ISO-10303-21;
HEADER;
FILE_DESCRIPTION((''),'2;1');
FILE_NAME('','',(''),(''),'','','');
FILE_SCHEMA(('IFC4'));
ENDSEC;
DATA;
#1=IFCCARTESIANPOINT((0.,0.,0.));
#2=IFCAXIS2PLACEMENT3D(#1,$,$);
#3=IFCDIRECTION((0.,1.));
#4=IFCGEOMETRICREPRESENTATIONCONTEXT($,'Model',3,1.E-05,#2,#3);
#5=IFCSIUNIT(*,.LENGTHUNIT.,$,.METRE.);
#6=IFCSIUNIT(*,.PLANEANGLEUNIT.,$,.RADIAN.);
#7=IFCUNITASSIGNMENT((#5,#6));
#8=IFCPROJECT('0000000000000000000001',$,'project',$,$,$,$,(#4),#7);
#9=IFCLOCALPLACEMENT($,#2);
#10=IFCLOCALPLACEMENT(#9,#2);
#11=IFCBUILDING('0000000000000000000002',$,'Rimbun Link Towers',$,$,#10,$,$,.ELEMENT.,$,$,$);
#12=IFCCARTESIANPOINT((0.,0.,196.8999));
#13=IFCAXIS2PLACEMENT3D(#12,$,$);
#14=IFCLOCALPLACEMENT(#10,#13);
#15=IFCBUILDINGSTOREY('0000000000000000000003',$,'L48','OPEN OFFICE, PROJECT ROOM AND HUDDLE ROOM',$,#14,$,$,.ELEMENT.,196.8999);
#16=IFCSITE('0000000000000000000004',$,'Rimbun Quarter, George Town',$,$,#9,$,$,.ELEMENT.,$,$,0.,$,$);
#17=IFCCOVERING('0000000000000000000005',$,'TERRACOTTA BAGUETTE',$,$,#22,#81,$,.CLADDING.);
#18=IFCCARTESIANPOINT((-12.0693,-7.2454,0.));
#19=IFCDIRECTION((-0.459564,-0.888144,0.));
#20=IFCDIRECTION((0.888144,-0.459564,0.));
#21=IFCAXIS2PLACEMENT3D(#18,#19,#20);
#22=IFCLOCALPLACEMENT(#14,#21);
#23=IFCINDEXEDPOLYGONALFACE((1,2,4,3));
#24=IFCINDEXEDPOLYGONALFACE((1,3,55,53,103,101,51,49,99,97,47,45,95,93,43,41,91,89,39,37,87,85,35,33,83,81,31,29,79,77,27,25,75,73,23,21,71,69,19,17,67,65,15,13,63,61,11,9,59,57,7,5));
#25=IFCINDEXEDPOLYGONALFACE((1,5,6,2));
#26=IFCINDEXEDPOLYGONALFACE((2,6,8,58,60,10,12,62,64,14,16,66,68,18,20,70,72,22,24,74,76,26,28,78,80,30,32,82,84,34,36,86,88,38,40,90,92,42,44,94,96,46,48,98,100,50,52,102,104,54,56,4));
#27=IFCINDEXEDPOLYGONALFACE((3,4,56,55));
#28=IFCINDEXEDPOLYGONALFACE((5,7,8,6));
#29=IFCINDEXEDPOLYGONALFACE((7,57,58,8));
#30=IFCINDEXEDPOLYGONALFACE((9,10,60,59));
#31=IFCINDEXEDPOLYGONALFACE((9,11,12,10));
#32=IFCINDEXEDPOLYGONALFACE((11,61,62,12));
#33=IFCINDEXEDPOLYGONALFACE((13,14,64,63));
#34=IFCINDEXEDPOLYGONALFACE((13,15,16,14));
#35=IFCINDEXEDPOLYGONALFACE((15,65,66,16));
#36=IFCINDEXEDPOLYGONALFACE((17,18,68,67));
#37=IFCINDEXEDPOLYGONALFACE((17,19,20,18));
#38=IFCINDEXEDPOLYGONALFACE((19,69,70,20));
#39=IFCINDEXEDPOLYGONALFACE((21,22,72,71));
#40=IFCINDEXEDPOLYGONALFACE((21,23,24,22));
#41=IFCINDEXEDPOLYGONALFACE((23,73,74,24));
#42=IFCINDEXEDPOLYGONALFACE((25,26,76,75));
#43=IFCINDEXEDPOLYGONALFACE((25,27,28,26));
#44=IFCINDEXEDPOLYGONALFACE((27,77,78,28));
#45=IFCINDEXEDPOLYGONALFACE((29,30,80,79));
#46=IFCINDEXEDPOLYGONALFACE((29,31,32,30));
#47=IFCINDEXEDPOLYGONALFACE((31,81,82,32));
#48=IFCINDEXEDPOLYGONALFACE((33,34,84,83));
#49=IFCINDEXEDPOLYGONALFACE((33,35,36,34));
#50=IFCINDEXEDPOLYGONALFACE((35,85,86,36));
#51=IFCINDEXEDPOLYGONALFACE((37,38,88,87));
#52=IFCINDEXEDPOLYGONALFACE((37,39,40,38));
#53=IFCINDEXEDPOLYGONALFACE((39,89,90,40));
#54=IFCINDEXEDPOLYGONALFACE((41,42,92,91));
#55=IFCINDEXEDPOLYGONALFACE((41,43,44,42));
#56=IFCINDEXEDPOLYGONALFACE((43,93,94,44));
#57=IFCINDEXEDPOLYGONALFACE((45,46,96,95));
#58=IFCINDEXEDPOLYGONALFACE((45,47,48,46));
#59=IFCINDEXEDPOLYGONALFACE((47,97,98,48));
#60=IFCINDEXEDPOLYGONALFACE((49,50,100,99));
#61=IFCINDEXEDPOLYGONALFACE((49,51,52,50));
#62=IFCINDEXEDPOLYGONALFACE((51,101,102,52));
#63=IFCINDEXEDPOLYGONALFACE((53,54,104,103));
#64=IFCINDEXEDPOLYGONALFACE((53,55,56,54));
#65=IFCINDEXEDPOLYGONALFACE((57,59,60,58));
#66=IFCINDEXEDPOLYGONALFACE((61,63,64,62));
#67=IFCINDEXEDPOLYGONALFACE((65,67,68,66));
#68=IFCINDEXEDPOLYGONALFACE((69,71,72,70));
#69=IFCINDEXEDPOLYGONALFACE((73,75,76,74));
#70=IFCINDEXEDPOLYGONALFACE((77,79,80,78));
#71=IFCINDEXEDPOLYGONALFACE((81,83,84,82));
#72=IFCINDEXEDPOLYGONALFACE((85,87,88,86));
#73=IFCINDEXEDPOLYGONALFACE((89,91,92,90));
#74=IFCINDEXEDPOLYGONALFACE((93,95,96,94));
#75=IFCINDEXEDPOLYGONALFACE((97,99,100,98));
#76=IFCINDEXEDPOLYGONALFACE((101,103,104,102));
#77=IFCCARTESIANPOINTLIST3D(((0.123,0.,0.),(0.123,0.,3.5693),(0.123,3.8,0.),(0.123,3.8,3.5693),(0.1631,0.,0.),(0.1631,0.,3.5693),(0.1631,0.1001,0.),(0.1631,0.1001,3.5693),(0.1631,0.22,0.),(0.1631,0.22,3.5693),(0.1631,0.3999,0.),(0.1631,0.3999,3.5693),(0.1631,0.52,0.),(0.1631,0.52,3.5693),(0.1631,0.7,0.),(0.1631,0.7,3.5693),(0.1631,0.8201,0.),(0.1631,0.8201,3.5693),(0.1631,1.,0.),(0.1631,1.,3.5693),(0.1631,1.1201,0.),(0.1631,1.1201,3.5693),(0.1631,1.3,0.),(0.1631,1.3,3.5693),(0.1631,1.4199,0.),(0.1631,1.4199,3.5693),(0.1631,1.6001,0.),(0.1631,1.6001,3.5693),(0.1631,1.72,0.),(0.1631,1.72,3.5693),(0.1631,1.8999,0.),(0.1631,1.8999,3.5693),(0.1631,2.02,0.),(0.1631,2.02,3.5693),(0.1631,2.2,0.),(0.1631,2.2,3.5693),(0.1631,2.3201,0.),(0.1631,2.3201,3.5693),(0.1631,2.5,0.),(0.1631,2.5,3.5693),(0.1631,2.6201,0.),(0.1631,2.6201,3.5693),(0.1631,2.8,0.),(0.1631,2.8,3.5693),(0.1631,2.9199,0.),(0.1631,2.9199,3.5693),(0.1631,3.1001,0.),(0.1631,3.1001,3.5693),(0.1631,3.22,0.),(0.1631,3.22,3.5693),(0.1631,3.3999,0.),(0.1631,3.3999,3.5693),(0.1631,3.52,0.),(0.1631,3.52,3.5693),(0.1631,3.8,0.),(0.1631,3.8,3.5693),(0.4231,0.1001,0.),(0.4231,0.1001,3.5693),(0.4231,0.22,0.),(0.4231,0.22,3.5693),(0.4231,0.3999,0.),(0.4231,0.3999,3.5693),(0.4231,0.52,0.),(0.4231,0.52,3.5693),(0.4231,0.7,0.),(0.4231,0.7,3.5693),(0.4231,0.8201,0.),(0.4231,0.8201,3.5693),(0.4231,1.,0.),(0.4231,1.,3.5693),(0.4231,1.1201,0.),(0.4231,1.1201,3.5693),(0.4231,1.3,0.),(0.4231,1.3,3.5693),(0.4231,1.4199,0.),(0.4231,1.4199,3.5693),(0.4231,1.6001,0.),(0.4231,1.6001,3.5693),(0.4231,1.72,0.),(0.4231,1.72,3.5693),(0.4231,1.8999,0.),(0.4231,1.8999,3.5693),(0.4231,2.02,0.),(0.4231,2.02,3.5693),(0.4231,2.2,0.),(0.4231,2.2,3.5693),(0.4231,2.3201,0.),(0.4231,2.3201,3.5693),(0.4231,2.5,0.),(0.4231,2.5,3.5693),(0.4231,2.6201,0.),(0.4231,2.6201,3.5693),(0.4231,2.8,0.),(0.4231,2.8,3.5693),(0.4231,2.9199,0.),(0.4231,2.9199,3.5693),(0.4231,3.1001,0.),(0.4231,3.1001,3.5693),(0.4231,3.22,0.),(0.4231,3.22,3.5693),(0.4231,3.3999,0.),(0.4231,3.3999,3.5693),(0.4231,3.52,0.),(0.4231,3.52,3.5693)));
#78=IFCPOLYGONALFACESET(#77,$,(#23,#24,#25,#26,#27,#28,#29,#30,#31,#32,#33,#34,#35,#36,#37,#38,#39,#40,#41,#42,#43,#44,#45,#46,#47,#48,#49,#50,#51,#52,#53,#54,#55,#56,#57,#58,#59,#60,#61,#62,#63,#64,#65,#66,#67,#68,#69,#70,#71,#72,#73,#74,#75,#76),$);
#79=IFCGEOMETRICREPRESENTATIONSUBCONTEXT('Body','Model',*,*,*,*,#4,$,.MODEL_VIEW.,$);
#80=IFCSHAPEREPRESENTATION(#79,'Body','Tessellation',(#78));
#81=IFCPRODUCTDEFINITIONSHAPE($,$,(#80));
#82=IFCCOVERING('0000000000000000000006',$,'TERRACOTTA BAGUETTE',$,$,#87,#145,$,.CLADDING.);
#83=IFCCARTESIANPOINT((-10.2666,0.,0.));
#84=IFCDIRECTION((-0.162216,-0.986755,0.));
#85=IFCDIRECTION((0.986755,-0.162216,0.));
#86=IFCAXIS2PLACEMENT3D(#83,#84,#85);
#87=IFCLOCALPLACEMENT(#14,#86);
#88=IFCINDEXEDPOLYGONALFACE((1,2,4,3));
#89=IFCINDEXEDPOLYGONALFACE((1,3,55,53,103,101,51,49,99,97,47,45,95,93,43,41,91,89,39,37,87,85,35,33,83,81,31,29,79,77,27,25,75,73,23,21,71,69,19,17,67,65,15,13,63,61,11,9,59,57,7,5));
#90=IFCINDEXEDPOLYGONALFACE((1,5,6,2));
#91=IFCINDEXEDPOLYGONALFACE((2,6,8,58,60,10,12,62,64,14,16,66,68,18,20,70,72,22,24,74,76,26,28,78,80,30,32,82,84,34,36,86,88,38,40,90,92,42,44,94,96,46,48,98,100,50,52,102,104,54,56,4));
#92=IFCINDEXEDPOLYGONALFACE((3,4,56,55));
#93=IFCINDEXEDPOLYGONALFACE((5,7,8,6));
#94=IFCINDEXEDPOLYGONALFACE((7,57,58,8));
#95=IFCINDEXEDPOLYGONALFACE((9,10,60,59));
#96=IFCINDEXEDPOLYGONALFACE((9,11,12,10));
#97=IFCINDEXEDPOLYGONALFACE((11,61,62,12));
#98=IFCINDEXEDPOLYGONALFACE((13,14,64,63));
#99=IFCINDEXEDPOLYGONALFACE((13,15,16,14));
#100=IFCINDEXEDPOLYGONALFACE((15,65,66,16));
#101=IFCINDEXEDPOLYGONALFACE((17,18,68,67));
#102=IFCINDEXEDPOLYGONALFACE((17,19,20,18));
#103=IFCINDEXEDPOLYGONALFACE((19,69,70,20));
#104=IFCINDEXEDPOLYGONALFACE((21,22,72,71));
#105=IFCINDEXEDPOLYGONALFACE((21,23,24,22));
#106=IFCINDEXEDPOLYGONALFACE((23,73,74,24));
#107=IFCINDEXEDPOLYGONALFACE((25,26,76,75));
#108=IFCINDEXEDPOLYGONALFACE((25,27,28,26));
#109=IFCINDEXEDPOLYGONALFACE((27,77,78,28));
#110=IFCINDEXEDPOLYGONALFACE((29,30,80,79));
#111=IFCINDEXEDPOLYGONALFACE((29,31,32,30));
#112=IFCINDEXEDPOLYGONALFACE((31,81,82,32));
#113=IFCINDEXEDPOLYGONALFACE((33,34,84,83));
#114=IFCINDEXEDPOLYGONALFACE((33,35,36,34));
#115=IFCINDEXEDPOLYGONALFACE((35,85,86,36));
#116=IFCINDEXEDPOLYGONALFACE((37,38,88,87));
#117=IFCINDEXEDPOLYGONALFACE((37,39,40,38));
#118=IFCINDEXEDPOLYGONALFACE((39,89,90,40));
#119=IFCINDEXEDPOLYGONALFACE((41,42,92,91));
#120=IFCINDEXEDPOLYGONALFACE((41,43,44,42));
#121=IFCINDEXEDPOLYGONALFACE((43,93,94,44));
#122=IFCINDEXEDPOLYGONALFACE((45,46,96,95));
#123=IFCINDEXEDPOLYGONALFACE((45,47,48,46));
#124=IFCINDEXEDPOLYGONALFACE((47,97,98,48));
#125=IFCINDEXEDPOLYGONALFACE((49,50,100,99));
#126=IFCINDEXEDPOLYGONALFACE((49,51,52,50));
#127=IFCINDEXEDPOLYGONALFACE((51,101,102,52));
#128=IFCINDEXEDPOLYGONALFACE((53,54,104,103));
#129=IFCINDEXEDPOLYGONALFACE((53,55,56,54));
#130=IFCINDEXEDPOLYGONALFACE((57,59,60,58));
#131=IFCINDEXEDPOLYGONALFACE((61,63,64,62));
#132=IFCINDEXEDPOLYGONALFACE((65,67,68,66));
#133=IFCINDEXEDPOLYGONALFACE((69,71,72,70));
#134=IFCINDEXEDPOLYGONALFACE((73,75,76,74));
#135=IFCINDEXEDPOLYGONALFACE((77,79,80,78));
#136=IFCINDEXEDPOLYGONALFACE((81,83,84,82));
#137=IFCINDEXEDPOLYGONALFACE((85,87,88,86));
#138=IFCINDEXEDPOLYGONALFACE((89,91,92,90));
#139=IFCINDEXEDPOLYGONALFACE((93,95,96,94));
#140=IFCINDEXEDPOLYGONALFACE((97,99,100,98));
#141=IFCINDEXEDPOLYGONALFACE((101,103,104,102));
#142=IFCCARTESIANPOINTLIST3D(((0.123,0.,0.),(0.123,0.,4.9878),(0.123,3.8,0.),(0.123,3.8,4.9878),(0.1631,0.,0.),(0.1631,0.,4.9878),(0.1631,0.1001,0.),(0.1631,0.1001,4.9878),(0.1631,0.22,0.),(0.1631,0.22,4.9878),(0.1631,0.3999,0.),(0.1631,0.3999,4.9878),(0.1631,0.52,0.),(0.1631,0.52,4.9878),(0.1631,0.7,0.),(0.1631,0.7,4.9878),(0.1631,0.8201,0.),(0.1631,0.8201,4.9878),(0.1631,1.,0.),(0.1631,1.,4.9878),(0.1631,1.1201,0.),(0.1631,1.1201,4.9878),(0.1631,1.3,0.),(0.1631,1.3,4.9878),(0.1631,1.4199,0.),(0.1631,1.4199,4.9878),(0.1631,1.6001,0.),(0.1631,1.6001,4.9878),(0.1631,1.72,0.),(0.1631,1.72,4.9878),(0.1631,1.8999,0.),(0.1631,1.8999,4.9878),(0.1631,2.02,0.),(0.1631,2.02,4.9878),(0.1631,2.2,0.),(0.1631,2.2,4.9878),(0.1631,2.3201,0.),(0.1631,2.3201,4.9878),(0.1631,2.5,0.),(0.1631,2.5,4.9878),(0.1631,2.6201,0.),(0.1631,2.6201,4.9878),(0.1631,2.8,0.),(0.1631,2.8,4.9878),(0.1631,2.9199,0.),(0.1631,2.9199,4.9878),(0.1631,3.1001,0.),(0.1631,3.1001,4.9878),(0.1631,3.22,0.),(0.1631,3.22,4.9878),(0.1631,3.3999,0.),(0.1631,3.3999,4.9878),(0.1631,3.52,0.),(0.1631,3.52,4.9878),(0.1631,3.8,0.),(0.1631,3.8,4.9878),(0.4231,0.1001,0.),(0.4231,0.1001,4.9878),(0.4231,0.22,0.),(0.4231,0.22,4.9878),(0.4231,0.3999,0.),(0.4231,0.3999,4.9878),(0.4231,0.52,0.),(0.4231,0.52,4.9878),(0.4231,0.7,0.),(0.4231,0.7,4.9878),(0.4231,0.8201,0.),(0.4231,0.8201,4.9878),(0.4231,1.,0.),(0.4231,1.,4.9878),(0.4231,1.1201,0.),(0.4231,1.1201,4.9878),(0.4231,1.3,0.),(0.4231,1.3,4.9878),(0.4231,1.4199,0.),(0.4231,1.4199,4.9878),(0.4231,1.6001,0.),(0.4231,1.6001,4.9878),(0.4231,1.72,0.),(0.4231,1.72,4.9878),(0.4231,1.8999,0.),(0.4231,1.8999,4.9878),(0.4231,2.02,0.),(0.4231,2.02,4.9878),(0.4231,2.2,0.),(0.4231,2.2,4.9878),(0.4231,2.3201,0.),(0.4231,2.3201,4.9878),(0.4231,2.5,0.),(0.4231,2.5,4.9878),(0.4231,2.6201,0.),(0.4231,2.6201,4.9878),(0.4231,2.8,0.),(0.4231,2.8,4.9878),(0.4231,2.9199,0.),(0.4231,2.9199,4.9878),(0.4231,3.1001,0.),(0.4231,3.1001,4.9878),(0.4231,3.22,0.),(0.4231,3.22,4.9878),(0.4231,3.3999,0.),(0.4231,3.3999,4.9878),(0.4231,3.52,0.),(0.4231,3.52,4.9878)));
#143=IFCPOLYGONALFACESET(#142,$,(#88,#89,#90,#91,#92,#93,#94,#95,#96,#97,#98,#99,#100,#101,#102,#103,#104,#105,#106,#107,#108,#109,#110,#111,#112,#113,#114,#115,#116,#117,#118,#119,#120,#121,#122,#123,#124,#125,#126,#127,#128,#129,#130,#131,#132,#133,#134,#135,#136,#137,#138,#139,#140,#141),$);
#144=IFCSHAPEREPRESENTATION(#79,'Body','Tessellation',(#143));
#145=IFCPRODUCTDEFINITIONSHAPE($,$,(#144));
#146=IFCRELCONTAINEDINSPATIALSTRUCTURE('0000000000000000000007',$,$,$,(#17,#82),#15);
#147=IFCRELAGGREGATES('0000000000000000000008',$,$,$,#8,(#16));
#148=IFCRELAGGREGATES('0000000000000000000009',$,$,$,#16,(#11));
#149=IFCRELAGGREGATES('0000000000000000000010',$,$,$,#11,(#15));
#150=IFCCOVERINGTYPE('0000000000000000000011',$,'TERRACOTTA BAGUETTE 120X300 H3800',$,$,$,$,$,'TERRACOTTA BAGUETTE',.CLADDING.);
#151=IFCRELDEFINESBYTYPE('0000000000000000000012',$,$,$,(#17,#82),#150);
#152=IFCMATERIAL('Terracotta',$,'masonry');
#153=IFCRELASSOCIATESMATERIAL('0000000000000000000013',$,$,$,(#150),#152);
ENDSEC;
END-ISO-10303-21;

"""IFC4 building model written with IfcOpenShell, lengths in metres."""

from ifc_helpers import new_model, si_unit, direction, frame, origin, place, context, subcontext, project, spatial, polyline, outline, extrude, material, material_profile, profile_set, type_object, element, save


model = new_model("IFC4")

# Units and contexts
model_context = context("Model", 3, precision=1e-05, world=origin(), true_north=direction((0.0, 1.0)))
body_context = subcontext(model_context, "Body", "Model", "MODEL_VIEW")
ifc_project = project(units=[si_unit("LENGTHUNIT", "METRE"), si_unit("PLANEANGLEUNIT", "RADIAN")], contexts=[model_context])

# Site, building, storey
site_placement = place(None, origin())
site = spatial("IfcSite", under=ifc_project, at=site_placement, Name="Rimbun Quarter, George Town", CompositionType="ELEMENT", RefElevation=0.0)
building_placement = place(site_placement, origin())
building = spatial("IfcBuilding", under=site, at=building_placement, Name="Rimbun Link Towers", CompositionType="ELEMENT")
storey_placement = place(building_placement, frame((0.0, 0.0, 196.8999)))
storey = spatial("IfcBuildingStorey", under=building, at=storey_placement, Name="L48", Description="OPEN OFFICE, PROJECT ROOM AND HUDDLE ROOM", CompositionType="ELEMENT", Elevation=196.8999)

# Coverings
ifc_material_1 = material(Name="Terracotta", Category="masonry")
ifc_material_profile_1 = material_profile(ifc_material_1, outline(polyline([(0.123, 0.0), (0.1631, 0.0), (0.1631, 0.1001), (0.4231, 0.1001), (0.4231, 0.22), (0.1631, 0.22), (0.1631, 0.3999), (0.4231, 0.3999), (0.4231, 0.52), (0.1631, 0.52), (0.1631, 0.7), (0.4231, 0.7), (0.4231, 0.8201), (0.1631, 0.8201), (0.1631, 1.0), (0.4231, 1.0), (0.4231, 1.1201), (0.1631, 1.1201), (0.1631, 1.3), (0.4231, 1.3), (0.4231, 1.4199), (0.1631, 1.4199), (0.1631, 1.6001), (0.4231, 1.6001), (0.4231, 1.72), (0.1631, 1.72), (0.1631, 1.8999), (0.4231, 1.8999), (0.4231, 2.02), (0.1631, 2.02), (0.1631, 2.2), (0.4231, 2.2), (0.4231, 2.3201), (0.1631, 2.3201), (0.1631, 2.5), (0.4231, 2.5), (0.4231, 2.6201), (0.1631, 2.6201), (0.1631, 2.8), (0.4231, 2.8), (0.4231, 2.9199), (0.1631, 2.9199), (0.1631, 3.1001), (0.4231, 3.1001), (0.4231, 3.22), (0.1631, 3.22), (0.1631, 3.3999), (0.4231, 3.3999), (0.4231, 3.52), (0.1631, 3.52), (0.1631, 3.8), (0.123, 3.8), (0.123, 0.0)])), Name="BAGUETTE 120X300")
ifc_profile_set_1 = profile_set([ifc_material_profile_1], Name="Terracotta")
covering_type = type_object("IfcCoveringType", Name="TERRACOTTA BAGUETTE 120X300 H3800", ElementType="TERRACOTTA BAGUETTE", PredefinedType="CLADDING", material=ifc_profile_set_1)
covering_1_placement = place(storey_placement, frame((-12.0693, -7.2454, 0.0), z_axis=(-0.459564, -0.888144, 0.0), x_axis=(0.888144, -0.459564, 0.0)))
element("IfcCovering", 1, at=covering_1_placement, inside=storey, type_object=covering_type, Name="TERRACOTTA BAGUETTE", PredefinedType="CLADDING", context=body_context, shape_type="SweptSolid", body=[
    extrude(outline(polyline([(0.123, 0.0), (0.1631, 0.0), (0.1631, 0.1001), (0.4231, 0.1001), (0.4231, 0.22), (0.1631, 0.22), (0.1631, 0.3999), (0.4231, 0.3999), (0.4231, 0.52), (0.1631, 0.52), (0.1631, 0.7), (0.4231, 0.7), (0.4231, 0.8201), (0.1631, 0.8201), (0.1631, 1.0), (0.4231, 1.0), (0.4231, 1.1201), (0.1631, 1.1201), (0.1631, 1.3), (0.4231, 1.3), (0.4231, 1.4199), (0.1631, 1.4199), (0.1631, 1.6001), (0.4231, 1.6001), (0.4231, 1.72), (0.1631, 1.72), (0.1631, 1.8999), (0.4231, 1.8999), (0.4231, 2.02), (0.1631, 2.02), (0.1631, 2.2), (0.4231, 2.2), (0.4231, 2.3201), (0.1631, 2.3201), (0.1631, 2.5), (0.4231, 2.5), (0.4231, 2.6201), (0.1631, 2.6201), (0.1631, 2.8), (0.4231, 2.8), (0.4231, 2.9199), (0.1631, 2.9199), (0.1631, 3.1001), (0.4231, 3.1001), (0.4231, 3.22), (0.1631, 3.22), (0.1631, 3.3999), (0.4231, 3.3999), (0.4231, 3.52), (0.1631, 3.52), (0.1631, 3.8), (0.123, 3.8), (0.123, 0.0)])), origin(), (0.0, 0.0, 1.0), 3.5693),
])
covering_2_placement = place(storey_placement, frame((-10.2666, 0.0, 0.0), z_axis=(-0.162216, -0.986755, 0.0), x_axis=(0.986755, -0.162216, 0.0)))
element("IfcCovering", 2, at=covering_2_placement, inside=storey, type_object=covering_type, Name="TERRACOTTA BAGUETTE", PredefinedType="CLADDING", context=body_context, shape_type="SweptSolid", body=[
    extrude(outline(polyline([(0.123, 0.0), (0.1631, 0.0), (0.1631, 0.1001), (0.4231, 0.1001), (0.4231, 0.22), (0.1631, 0.22), (0.1631, 0.3999), (0.4231, 0.3999), (0.4231, 0.52), (0.1631, 0.52), (0.1631, 0.7), (0.4231, 0.7), (0.4231, 0.8201), (0.1631, 0.8201), (0.1631, 1.0), (0.4231, 1.0), (0.4231, 1.1201), (0.1631, 1.1201), (0.1631, 1.3), (0.4231, 1.3), (0.4231, 1.4199), (0.1631, 1.4199), (0.1631, 1.6001), (0.4231, 1.6001), (0.4231, 1.72), (0.1631, 1.72), (0.1631, 1.8999), (0.4231, 1.8999), (0.4231, 2.02), (0.1631, 2.02), (0.1631, 2.2), (0.4231, 2.2), (0.4231, 2.3201), (0.1631, 2.3201), (0.1631, 2.5), (0.4231, 2.5), (0.4231, 2.6201), (0.1631, 2.6201), (0.1631, 2.8), (0.4231, 2.8), (0.4231, 2.9199), (0.1631, 2.9199), (0.1631, 3.1001), (0.4231, 3.1001), (0.4231, 3.22), (0.1631, 3.22), (0.1631, 3.3999), (0.4231, 3.3999), (0.4231, 3.52), (0.1631, 3.52), (0.1631, 3.8), (0.123, 3.8), (0.123, 0.0)])), origin(), (0.0, 0.0, 1.0), 4.9878),
])

save(model, "model.ifc")
